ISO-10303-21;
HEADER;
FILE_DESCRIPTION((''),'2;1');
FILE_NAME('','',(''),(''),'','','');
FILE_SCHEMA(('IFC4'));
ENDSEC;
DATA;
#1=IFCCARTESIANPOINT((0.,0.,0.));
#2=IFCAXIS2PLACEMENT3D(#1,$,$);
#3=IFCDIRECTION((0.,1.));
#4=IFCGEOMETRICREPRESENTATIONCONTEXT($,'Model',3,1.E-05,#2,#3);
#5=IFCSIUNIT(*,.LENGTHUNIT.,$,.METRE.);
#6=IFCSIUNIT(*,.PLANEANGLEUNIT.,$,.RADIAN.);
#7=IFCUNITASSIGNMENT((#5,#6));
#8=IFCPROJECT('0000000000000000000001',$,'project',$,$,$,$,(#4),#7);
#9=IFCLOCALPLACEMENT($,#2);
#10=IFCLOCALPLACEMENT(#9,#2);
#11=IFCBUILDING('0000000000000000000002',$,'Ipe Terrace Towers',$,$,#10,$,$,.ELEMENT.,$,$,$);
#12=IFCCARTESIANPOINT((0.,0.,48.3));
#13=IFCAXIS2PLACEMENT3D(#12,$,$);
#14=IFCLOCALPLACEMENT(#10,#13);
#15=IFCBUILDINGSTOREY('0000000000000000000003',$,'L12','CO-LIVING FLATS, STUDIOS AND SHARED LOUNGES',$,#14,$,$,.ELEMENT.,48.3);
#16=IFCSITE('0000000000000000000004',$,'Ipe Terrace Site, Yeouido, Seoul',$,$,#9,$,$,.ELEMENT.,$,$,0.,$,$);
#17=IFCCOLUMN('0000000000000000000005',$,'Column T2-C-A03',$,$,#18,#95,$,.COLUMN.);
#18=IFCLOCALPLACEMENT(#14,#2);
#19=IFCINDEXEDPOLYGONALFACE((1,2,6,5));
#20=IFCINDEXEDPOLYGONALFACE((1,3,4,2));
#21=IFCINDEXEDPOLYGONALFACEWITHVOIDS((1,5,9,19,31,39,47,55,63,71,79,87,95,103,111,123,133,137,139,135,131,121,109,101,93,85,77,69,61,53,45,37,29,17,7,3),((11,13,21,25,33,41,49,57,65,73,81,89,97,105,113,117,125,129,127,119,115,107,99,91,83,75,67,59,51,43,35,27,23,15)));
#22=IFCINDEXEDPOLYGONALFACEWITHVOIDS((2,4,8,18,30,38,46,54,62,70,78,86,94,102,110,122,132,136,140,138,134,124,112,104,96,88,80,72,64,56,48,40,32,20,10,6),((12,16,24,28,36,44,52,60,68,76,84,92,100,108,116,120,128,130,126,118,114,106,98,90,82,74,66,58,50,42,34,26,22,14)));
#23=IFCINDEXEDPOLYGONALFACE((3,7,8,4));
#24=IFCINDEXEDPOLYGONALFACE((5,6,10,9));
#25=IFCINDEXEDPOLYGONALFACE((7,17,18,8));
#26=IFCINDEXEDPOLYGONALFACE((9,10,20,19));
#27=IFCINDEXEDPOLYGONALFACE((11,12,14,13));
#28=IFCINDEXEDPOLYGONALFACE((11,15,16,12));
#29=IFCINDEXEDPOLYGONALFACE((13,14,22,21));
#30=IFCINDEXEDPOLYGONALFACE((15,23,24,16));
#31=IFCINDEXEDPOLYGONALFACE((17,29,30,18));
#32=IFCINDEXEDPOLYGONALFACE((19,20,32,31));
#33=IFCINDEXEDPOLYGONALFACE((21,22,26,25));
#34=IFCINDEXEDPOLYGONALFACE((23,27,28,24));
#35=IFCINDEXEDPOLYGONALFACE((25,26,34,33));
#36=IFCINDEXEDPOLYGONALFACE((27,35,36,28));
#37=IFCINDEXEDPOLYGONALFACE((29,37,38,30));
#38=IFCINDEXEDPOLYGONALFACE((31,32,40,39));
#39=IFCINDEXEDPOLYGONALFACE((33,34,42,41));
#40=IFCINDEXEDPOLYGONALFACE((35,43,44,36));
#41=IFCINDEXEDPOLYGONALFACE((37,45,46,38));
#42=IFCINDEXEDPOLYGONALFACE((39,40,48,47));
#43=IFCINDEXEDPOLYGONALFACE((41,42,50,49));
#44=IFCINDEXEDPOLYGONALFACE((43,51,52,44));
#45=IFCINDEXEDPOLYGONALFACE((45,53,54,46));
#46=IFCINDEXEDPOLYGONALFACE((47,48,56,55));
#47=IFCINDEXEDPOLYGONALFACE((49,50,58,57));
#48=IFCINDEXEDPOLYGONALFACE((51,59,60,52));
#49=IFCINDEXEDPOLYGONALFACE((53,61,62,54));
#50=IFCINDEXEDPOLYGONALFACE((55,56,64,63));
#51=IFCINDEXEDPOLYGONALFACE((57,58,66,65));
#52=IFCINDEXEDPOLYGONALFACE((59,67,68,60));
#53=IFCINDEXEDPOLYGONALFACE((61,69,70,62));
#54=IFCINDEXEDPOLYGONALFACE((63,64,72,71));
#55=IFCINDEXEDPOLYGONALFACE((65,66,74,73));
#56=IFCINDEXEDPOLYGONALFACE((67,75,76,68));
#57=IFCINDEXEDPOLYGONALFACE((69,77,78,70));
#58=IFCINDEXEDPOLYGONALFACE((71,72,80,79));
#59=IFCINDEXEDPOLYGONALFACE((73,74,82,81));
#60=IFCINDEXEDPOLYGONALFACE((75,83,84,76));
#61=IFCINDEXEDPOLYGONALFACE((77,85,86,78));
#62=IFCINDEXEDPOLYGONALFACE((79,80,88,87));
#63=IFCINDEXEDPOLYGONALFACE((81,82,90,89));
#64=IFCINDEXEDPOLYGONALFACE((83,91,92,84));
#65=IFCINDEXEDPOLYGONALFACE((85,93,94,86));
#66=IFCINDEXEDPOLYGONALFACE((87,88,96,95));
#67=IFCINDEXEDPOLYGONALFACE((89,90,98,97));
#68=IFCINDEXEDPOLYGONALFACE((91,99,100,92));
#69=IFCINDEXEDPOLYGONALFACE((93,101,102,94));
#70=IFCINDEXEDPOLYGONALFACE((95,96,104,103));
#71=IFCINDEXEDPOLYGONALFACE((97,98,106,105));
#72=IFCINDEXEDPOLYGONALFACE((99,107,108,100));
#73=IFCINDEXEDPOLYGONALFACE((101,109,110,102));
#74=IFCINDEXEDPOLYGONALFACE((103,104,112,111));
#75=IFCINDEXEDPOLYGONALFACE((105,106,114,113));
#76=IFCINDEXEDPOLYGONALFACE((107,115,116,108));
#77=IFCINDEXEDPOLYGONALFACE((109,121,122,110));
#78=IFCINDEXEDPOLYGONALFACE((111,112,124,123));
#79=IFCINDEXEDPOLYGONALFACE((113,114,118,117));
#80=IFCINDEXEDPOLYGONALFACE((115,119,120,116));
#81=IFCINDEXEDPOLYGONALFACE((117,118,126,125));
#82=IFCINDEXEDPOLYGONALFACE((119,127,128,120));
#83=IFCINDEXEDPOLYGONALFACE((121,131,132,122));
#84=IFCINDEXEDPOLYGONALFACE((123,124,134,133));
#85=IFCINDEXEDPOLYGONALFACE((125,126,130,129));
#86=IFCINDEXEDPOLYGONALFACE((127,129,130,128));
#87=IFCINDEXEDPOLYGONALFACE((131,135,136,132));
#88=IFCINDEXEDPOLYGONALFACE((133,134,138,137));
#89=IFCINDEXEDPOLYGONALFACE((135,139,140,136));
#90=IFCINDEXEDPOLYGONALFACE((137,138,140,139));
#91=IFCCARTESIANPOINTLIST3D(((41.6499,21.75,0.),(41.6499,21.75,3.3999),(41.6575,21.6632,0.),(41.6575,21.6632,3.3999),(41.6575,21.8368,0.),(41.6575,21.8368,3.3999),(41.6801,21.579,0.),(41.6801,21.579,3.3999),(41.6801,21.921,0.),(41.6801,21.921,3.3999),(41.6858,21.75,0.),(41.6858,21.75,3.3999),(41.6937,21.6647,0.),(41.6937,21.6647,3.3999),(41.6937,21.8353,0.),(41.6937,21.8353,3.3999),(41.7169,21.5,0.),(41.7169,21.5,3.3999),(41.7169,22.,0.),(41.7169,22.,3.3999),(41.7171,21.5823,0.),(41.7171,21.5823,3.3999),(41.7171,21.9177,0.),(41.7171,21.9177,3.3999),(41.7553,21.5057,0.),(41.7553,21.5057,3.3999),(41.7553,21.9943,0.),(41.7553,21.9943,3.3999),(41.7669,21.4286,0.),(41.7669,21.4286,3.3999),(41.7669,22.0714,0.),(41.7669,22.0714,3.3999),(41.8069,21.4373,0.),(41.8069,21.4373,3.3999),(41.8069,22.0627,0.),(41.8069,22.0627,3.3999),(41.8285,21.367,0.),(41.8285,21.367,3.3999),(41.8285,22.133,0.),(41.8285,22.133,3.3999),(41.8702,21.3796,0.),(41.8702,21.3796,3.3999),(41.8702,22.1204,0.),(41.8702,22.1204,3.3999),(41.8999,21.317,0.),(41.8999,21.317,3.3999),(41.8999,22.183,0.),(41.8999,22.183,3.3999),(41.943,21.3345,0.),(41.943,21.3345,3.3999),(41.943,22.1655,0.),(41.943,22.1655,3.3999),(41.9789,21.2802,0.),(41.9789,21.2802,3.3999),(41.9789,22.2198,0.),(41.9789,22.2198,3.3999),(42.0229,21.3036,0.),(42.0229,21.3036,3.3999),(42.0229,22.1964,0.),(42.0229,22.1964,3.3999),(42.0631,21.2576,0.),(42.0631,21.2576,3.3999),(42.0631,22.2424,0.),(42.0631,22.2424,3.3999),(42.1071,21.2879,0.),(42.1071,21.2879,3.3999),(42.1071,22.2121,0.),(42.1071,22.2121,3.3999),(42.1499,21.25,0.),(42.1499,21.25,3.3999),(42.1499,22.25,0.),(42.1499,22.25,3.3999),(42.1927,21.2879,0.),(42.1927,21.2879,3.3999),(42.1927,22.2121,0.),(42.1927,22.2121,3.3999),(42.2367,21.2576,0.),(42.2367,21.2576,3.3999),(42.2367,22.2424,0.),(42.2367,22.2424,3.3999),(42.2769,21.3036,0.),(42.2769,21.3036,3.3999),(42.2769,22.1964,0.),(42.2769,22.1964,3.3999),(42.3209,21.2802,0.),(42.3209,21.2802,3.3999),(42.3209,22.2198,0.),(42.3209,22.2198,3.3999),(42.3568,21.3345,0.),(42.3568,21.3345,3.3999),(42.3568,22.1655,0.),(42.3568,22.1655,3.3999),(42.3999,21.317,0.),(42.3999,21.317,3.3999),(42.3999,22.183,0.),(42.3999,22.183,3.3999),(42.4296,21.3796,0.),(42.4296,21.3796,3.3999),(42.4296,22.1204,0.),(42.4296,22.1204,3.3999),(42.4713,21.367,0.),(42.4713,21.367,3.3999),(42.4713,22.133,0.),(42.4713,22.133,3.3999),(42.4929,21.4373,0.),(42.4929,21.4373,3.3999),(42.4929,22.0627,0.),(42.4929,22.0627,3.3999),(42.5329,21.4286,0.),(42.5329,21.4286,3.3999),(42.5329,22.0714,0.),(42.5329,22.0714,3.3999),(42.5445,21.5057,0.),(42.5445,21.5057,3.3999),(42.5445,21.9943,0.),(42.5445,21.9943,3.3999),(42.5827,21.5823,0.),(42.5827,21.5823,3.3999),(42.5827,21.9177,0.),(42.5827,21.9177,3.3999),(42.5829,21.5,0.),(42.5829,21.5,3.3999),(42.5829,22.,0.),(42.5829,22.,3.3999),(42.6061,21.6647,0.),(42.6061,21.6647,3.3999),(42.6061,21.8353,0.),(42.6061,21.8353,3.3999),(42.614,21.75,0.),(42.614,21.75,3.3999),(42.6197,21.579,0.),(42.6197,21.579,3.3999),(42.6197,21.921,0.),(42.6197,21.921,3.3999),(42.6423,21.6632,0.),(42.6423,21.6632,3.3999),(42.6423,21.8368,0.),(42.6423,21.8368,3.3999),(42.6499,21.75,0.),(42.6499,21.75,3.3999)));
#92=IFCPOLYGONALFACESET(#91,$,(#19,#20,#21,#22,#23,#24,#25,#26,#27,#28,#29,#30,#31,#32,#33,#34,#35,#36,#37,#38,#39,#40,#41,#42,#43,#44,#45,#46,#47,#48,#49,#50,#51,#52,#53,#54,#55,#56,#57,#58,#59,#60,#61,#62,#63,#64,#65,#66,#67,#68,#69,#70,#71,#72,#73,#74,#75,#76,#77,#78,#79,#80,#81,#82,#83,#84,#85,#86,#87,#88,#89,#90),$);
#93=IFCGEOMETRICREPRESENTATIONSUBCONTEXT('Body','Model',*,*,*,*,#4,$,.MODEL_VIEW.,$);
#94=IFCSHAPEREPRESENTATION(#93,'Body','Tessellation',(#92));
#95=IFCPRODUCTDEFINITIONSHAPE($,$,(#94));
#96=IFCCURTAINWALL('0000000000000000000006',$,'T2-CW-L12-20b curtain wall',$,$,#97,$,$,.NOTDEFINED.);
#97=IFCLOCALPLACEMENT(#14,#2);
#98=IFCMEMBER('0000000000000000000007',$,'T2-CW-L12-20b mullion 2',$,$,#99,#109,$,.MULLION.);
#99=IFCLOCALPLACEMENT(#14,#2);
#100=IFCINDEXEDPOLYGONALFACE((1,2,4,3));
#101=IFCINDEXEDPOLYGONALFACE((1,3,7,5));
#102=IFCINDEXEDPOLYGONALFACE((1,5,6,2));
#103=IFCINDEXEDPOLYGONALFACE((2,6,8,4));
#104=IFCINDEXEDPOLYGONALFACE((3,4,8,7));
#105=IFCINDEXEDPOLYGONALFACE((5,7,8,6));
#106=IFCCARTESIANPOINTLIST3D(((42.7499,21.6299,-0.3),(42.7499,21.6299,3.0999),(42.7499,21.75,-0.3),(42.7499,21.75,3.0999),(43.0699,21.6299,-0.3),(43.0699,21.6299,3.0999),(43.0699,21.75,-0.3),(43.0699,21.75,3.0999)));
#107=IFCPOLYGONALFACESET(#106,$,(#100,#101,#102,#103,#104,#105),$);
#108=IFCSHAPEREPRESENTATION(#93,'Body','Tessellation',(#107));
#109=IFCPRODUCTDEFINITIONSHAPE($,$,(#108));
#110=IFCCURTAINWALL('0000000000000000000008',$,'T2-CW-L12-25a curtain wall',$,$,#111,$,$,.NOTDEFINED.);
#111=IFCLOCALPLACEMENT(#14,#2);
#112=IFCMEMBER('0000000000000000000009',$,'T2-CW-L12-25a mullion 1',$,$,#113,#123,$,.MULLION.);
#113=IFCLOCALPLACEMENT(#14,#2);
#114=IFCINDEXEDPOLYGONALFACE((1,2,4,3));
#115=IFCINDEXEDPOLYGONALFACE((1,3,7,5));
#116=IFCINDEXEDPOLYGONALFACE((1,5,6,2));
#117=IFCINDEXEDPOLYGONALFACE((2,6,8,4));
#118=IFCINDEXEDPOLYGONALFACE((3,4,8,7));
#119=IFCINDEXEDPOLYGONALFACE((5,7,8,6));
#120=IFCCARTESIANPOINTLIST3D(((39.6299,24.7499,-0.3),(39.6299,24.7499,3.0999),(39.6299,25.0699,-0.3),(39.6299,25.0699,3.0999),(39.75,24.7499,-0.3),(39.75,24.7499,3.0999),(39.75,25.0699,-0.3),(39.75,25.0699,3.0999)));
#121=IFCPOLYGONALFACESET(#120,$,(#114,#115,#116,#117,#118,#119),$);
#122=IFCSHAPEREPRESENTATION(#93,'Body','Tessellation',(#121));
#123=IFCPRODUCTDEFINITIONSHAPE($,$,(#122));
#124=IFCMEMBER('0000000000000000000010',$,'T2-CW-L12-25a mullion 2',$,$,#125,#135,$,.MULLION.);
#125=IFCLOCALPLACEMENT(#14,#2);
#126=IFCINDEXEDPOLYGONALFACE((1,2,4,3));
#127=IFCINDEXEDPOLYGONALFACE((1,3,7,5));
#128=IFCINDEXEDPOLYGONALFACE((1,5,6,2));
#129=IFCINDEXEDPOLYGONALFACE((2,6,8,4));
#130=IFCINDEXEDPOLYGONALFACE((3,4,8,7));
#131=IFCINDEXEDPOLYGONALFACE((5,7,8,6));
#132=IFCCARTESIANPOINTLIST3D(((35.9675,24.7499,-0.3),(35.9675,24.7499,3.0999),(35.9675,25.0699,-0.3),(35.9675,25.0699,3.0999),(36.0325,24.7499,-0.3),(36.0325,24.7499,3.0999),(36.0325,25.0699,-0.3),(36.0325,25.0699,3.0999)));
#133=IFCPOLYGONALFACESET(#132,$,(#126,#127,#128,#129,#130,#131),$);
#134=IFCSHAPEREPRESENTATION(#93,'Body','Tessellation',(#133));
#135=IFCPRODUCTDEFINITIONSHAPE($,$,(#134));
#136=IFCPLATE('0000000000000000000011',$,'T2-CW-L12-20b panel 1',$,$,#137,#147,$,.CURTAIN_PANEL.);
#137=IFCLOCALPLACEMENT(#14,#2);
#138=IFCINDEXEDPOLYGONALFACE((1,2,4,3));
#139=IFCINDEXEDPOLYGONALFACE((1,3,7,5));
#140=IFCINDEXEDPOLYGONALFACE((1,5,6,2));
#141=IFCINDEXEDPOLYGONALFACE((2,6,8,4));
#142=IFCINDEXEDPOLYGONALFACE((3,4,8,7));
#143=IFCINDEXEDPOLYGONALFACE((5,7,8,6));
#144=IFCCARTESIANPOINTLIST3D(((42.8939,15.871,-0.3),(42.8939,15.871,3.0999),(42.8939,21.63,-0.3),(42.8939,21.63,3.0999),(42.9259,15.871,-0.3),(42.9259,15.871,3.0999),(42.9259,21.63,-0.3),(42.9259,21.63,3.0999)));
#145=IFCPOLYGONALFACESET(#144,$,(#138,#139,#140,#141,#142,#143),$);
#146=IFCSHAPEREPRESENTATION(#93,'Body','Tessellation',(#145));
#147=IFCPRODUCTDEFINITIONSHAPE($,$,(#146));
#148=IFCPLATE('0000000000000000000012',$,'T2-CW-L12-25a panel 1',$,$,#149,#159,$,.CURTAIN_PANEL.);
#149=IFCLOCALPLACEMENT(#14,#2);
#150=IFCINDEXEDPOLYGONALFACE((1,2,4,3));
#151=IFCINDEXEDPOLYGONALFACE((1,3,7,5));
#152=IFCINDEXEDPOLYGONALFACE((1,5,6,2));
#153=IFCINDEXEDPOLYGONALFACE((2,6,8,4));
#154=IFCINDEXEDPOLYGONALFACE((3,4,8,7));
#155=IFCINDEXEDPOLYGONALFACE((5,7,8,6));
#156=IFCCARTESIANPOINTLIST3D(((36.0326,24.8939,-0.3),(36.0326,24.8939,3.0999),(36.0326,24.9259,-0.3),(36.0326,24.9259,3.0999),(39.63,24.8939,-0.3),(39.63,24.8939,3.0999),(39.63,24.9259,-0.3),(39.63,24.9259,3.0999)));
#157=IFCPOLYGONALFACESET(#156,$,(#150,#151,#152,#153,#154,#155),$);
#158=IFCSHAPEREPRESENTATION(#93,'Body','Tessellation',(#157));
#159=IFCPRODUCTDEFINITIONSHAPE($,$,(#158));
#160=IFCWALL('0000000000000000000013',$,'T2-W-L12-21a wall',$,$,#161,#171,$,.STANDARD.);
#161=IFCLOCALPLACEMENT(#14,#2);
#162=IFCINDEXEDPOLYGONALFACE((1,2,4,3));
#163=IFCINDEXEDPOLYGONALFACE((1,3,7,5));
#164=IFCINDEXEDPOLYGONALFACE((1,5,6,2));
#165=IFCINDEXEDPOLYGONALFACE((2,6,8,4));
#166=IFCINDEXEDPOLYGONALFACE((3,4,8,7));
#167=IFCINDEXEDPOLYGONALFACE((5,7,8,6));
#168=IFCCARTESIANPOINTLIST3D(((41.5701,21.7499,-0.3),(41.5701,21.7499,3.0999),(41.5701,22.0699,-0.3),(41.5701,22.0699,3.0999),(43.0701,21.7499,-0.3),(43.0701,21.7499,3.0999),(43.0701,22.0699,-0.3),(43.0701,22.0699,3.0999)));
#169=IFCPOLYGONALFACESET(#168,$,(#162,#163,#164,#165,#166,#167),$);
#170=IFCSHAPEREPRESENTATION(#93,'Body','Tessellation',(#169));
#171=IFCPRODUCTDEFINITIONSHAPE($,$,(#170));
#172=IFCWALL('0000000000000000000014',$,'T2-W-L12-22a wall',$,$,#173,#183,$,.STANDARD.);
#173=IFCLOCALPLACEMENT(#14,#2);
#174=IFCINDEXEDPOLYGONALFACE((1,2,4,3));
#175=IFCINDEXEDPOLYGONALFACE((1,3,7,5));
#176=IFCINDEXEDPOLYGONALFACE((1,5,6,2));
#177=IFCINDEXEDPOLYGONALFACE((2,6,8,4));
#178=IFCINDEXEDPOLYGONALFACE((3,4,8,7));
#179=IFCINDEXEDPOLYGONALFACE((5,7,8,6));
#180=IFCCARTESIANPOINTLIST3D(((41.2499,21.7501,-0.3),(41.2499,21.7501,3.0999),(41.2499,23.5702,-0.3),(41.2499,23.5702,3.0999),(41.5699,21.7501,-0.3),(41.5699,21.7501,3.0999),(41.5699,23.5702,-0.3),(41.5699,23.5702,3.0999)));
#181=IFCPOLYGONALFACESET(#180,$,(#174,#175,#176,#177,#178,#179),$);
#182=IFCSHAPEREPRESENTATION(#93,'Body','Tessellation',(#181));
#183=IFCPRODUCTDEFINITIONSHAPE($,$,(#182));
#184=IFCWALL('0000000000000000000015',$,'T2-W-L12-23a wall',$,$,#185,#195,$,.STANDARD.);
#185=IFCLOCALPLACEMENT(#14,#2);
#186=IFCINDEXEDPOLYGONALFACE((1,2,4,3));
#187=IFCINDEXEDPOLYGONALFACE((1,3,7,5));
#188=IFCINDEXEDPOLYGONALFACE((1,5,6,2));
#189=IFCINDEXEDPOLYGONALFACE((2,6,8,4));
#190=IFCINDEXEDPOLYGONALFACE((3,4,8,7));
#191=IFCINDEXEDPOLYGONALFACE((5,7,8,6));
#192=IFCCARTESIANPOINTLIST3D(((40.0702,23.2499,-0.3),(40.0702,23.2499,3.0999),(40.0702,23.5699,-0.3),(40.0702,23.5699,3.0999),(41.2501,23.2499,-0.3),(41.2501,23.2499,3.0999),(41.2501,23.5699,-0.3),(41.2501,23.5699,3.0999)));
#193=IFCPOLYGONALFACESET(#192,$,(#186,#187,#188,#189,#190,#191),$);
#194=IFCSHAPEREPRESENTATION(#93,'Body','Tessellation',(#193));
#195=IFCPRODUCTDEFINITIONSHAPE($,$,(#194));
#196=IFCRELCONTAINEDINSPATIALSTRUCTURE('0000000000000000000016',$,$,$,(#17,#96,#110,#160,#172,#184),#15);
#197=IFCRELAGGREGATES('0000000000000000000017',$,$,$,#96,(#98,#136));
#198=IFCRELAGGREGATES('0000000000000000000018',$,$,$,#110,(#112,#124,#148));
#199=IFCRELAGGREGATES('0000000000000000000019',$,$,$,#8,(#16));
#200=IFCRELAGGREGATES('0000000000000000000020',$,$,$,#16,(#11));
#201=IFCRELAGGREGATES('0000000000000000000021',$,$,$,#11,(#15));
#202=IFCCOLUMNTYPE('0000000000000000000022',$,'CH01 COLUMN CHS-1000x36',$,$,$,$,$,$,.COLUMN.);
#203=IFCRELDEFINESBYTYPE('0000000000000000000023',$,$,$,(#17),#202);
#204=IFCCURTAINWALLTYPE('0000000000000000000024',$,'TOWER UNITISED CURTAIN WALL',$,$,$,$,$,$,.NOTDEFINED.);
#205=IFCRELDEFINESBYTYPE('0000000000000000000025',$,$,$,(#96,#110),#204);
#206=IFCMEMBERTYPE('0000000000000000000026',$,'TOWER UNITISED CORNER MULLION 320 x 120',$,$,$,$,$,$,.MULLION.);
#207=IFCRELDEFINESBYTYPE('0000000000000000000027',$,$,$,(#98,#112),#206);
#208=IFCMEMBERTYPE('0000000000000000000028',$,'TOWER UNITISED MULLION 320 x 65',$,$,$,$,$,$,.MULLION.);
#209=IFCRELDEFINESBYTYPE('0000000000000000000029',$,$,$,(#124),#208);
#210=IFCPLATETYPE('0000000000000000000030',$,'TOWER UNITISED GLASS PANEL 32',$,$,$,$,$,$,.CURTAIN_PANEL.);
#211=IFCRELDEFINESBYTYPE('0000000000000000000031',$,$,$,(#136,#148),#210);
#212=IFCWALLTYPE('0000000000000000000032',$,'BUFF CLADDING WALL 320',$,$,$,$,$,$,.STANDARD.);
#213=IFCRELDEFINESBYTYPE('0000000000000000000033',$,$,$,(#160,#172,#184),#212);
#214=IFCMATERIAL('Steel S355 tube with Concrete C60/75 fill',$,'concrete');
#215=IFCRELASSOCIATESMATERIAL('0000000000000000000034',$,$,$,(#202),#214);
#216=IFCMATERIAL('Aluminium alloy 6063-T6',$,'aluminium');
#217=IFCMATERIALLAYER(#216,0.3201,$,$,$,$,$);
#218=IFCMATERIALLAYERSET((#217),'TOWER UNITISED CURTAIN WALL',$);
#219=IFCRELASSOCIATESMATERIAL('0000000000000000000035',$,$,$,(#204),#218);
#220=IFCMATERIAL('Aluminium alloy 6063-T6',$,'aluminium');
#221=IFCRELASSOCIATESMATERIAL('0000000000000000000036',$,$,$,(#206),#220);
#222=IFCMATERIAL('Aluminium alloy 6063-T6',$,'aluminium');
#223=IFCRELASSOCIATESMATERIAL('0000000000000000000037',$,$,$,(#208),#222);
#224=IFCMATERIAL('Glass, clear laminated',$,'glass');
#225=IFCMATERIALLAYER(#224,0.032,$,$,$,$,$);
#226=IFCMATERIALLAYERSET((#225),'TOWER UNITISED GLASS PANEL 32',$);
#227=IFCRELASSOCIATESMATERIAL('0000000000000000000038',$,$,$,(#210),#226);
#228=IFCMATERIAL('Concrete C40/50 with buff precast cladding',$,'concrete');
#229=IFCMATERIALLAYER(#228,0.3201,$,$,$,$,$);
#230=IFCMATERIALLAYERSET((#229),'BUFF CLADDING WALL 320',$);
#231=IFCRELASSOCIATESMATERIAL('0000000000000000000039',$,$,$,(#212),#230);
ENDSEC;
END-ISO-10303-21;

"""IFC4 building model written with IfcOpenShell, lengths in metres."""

from ifc_helpers import new_model, si_unit, direction, frame, frame_2d, origin, origin_2d, place, context, subcontext, project, spatial, rectangle, hollow_circle, extrude, material, layer, layer_set, material_profile, profile_set, type_object, element, aggregate, save


model = new_model("IFC4")

# Units and contexts
model_context = context("Model", 3, precision=1e-05, world=origin(), true_north=direction((0.0, 1.0)))
body_context = subcontext(model_context, "Body", "Model", "MODEL_VIEW")
ifc_project = project(units=[si_unit("LENGTHUNIT", "METRE"), si_unit("PLANEANGLEUNIT", "RADIAN")], contexts=[model_context])

# Site, building, storey
site_placement = place(None, origin())
site = spatial("IfcSite", under=ifc_project, at=site_placement, Name="Ipe Terrace Site, Yeouido, Seoul", CompositionType="ELEMENT", RefElevation=0.0)
building_placement = place(site_placement, origin())
building = spatial("IfcBuilding", under=site, at=building_placement, Name="Ipe Terrace Towers", CompositionType="ELEMENT")
storey_placement = place(building_placement, frame((0.0, 0.0, 48.3)))
storey = spatial("IfcBuildingStorey", under=building, at=storey_placement, Name="L12", Description="CO-LIVING FLATS, STUDIOS AND SHARED LOUNGES", CompositionType="ELEMENT", Elevation=48.3)

# Column
ifc_material_1 = material(Name="Steel S355 tube with Concrete C60/75 fill", Category="concrete")
ifc_material_profile_1 = material_profile(ifc_material_1, hollow_circle(Radius=0.5, WallThickness=0.0359, at=origin_2d()), Name="CHS-1000x36")
ifc_profile_set_1 = profile_set([ifc_material_profile_1], Name="Steel S355 tube with Concrete C60/75 fill")
column_type = type_object("IfcColumnType", Name="CH01 COLUMN CHS-1000x36", PredefinedType="COLUMN", material=ifc_profile_set_1)
column_placement = place(storey_placement, frame((42.1499, 21.75, 0.0), z_axis=(0.0, 0.0, 1.0), x_axis=(1.0, 0.0, 0.0)))
element("IfcColumn", 1, at=column_placement, inside=storey, type_object=column_type, Name="Column T2-C-A03", PredefinedType="COLUMN", context=body_context, shape_type="SweptSolid", body=[
    extrude(hollow_circle(Radius=0.5, WallThickness=0.0359, at=origin_2d()), origin(), (0.0, 0.0, 1.0), 3.3999),
])

# Curtain wall, member
ifc_material_2 = material(Name="Aluminium alloy 6063-T6", Category="aluminium")
ifc_layer_1 = layer(ifc_material_2, 0.3201)
ifc_layer_set_1 = layer_set([ifc_layer_1], Name="TOWER UNITISED CURTAIN WALL")
curtain_wall_type = type_object("IfcCurtainWallType", Name="TOWER UNITISED CURTAIN WALL", PredefinedType="NOTDEFINED", material=ifc_layer_set_1)
curtain_wall_1_placement = place(storey_placement, origin())
curtain_wall_1 = element("IfcCurtainWall", 2, at=curtain_wall_1_placement, inside=storey, type_object=curtain_wall_type, Name="T2-CW-L12-20b curtain wall", PredefinedType="NOTDEFINED")
ifc_material_3 = material(Name="Aluminium alloy 6063-T6", Category="aluminium")
ifc_material_profile_2 = material_profile(ifc_material_3, rectangle(XDim=0.3201, YDim=0.1201, at=origin_2d()), Name="TOWER UNITISED CORNER MULLION 320 x 120")
ifc_profile_set_2 = profile_set([ifc_material_profile_2], Name="Aluminium alloy 6063-T6")
member_type_1 = type_object("IfcMemberType", Name="TOWER UNITISED CORNER MULLION 320 x 120", PredefinedType="MULLION", material=ifc_profile_set_2)
member_1_placement = place(storey_placement, frame((42.9099, 21.6899, -0.3), z_axis=(0.0, 0.0, 1.0), x_axis=(1.0, 0.0, 0.0)))
member_1 = element("IfcMember", 3, at=member_1_placement, type_object=member_type_1, Name="T2-CW-L12-20b mullion 2", PredefinedType="MULLION", context=body_context, shape_type="SweptSolid", body=[
    extrude(rectangle(XDim=0.3201, YDim=0.1201, at=origin_2d()), origin(), (0.0, 0.0, 1.0), 3.3999),
])

# Curtain wall, members
curtain_wall_2_placement = place(storey_placement, origin())
curtain_wall_2 = element("IfcCurtainWall", 4, at=curtain_wall_2_placement, inside=storey, type_object=curtain_wall_type, Name="T2-CW-L12-25a curtain wall", PredefinedType="NOTDEFINED")
member_2_placement = place(storey_placement, frame((39.6899, 24.9099, -0.3), z_axis=(0.0, 0.0, 1.0), x_axis=(0.0, 1.0, 0.0)))
member_2 = element("IfcMember", 5, at=member_2_placement, type_object=member_type_1, Name="T2-CW-L12-25a mullion 1", PredefinedType="MULLION", context=body_context, shape_type="SweptSolid", body=[
    extrude(rectangle(XDim=0.3201, YDim=0.1201, at=origin_2d()), origin(), (0.0, 0.0, 1.0), 3.3999),
])
ifc_material_4 = material(Name="Aluminium alloy 6063-T6", Category="aluminium")
ifc_material_profile_3 = material_profile(ifc_material_4, rectangle(XDim=0.3201, YDim=0.0649, at=origin_2d()), Name="TOWER UNITISED MULLION 320 x 65")
ifc_profile_set_3 = profile_set([ifc_material_profile_3], Name="Aluminium alloy 6063-T6")
member_type_2 = type_object("IfcMemberType", Name="TOWER UNITISED MULLION 320 x 65", PredefinedType="MULLION", material=ifc_profile_set_3)
member_3_placement = place(storey_placement, frame((36.0, 24.9099, -0.3), z_axis=(0.0, 0.0, 1.0), x_axis=(0.0, 1.0, 0.0)))
member_3 = element("IfcMember", 6, at=member_3_placement, type_object=member_type_2, Name="T2-CW-L12-25a mullion 2", PredefinedType="MULLION", context=body_context, shape_type="SweptSolid", body=[
    extrude(rectangle(XDim=0.3201, YDim=0.0649, at=origin_2d()), origin(), (0.0, 0.0, 1.0), 3.3999),
])

# Plates
ifc_material_5 = material(Name="Glass, clear laminated", Category="glass")
ifc_layer_2 = layer(ifc_material_5, 0.032)
ifc_layer_set_2 = layer_set([ifc_layer_2], Name="TOWER UNITISED GLASS PANEL 32")
plate_type = type_object("IfcPlateType", Name="TOWER UNITISED GLASS PANEL 32", PredefinedType="CURTAIN_PANEL", material=ifc_layer_set_2)
plate_1_placement = place(storey_placement, frame((42.9099, 18.7505, -0.3), z_axis=(0.0, 0.0, 1.0), x_axis=(0.0, 1.0, 0.0)))
plate_1 = element("IfcPlate", 7, at=plate_1_placement, type_object=plate_type, Name="T2-CW-L12-20b panel 1", PredefinedType="CURTAIN_PANEL", context=body_context, shape_type="SweptSolid", body=[
    extrude(rectangle(XDim=5.759, YDim=0.032, at=origin_2d()), origin(), (0.0, 0.0, 1.0), 3.3999),
])
aggregate(curtain_wall_1, [member_1, plate_1])
plate_2_placement = place(storey_placement, frame((37.8313, 24.9099, -0.3), z_axis=(0.0, 0.0, 1.0), x_axis=(-1.0, 0.0, 0.0)))
plate_2 = element("IfcPlate", 8, at=plate_2_placement, type_object=plate_type, Name="T2-CW-L12-25a panel 1", PredefinedType="CURTAIN_PANEL", context=body_context, shape_type="SweptSolid", body=[
    extrude(rectangle(XDim=3.5974, YDim=0.032, at=origin_2d()), origin(), (0.0, 0.0, 1.0), 3.3999),
])
aggregate(curtain_wall_2, [member_2, member_3, plate_2])

# Walls
ifc_material_6 = material(Name="Concrete C40/50 with buff precast cladding", Category="concrete")
ifc_layer_3 = layer(ifc_material_6, 0.3201)
ifc_layer_set_3 = layer_set([ifc_layer_3], Name="BUFF CLADDING WALL 320")
wall_type_1 = type_object("IfcWallType", Name="BUFF CLADDING WALL 320", PredefinedType="STANDARD", material=ifc_layer_set_3)
wall_1_placement = place(storey_placement, frame((43.0701, 21.9099, -0.3), z_axis=(0.0, 0.0, 1.0), x_axis=(-1.0, 0.0, 0.0)))
element("IfcWall", 9, at=wall_1_placement, inside=storey, type_object=wall_type_1, Name="T2-W-L12-21a wall", PredefinedType="STANDARD", context=body_context, shape_type="SweptSolid", body=[
    extrude(rectangle(XDim=1.5, YDim=0.3201, at=frame_2d((0.75, 0.0))), origin(), (0.0, 0.0, 1.0), 3.3999),
])
wall_2_placement = place(storey_placement, frame((41.4099, 21.75, -0.3), z_axis=(0.0, 0.0, 1.0), x_axis=(0.0, 1.0, 0.0)))
element("IfcWall", 10, at=wall_2_placement, inside=storey, type_object=wall_type_1, Name="T2-W-L12-22a wall", PredefinedType="STANDARD", context=body_context, shape_type="SweptSolid", body=[
    extrude(rectangle(XDim=1.8201, YDim=0.3201, at=frame_2d((0.9102, 0.0))), origin(), (0.0, 0.0, 1.0), 3.3999),
])
wall_3_placement = place(storey_placement, frame((41.25, 23.4099, -0.3), z_axis=(0.0, 0.0, 1.0), x_axis=(-1.0, 0.0, 0.0)))
element("IfcWall", 11, at=wall_3_placement, inside=storey, type_object=wall_type_1, Name="T2-W-L12-23a wall", PredefinedType="STANDARD", context=body_context, shape_type="SweptSolid", body=[
    extrude(rectangle(XDim=1.1799, YDim=0.3201, at=frame_2d((0.5898, 0.0))), origin(), (0.0, 0.0, 1.0), 3.3999),
])

save(model, "model.ifc")
